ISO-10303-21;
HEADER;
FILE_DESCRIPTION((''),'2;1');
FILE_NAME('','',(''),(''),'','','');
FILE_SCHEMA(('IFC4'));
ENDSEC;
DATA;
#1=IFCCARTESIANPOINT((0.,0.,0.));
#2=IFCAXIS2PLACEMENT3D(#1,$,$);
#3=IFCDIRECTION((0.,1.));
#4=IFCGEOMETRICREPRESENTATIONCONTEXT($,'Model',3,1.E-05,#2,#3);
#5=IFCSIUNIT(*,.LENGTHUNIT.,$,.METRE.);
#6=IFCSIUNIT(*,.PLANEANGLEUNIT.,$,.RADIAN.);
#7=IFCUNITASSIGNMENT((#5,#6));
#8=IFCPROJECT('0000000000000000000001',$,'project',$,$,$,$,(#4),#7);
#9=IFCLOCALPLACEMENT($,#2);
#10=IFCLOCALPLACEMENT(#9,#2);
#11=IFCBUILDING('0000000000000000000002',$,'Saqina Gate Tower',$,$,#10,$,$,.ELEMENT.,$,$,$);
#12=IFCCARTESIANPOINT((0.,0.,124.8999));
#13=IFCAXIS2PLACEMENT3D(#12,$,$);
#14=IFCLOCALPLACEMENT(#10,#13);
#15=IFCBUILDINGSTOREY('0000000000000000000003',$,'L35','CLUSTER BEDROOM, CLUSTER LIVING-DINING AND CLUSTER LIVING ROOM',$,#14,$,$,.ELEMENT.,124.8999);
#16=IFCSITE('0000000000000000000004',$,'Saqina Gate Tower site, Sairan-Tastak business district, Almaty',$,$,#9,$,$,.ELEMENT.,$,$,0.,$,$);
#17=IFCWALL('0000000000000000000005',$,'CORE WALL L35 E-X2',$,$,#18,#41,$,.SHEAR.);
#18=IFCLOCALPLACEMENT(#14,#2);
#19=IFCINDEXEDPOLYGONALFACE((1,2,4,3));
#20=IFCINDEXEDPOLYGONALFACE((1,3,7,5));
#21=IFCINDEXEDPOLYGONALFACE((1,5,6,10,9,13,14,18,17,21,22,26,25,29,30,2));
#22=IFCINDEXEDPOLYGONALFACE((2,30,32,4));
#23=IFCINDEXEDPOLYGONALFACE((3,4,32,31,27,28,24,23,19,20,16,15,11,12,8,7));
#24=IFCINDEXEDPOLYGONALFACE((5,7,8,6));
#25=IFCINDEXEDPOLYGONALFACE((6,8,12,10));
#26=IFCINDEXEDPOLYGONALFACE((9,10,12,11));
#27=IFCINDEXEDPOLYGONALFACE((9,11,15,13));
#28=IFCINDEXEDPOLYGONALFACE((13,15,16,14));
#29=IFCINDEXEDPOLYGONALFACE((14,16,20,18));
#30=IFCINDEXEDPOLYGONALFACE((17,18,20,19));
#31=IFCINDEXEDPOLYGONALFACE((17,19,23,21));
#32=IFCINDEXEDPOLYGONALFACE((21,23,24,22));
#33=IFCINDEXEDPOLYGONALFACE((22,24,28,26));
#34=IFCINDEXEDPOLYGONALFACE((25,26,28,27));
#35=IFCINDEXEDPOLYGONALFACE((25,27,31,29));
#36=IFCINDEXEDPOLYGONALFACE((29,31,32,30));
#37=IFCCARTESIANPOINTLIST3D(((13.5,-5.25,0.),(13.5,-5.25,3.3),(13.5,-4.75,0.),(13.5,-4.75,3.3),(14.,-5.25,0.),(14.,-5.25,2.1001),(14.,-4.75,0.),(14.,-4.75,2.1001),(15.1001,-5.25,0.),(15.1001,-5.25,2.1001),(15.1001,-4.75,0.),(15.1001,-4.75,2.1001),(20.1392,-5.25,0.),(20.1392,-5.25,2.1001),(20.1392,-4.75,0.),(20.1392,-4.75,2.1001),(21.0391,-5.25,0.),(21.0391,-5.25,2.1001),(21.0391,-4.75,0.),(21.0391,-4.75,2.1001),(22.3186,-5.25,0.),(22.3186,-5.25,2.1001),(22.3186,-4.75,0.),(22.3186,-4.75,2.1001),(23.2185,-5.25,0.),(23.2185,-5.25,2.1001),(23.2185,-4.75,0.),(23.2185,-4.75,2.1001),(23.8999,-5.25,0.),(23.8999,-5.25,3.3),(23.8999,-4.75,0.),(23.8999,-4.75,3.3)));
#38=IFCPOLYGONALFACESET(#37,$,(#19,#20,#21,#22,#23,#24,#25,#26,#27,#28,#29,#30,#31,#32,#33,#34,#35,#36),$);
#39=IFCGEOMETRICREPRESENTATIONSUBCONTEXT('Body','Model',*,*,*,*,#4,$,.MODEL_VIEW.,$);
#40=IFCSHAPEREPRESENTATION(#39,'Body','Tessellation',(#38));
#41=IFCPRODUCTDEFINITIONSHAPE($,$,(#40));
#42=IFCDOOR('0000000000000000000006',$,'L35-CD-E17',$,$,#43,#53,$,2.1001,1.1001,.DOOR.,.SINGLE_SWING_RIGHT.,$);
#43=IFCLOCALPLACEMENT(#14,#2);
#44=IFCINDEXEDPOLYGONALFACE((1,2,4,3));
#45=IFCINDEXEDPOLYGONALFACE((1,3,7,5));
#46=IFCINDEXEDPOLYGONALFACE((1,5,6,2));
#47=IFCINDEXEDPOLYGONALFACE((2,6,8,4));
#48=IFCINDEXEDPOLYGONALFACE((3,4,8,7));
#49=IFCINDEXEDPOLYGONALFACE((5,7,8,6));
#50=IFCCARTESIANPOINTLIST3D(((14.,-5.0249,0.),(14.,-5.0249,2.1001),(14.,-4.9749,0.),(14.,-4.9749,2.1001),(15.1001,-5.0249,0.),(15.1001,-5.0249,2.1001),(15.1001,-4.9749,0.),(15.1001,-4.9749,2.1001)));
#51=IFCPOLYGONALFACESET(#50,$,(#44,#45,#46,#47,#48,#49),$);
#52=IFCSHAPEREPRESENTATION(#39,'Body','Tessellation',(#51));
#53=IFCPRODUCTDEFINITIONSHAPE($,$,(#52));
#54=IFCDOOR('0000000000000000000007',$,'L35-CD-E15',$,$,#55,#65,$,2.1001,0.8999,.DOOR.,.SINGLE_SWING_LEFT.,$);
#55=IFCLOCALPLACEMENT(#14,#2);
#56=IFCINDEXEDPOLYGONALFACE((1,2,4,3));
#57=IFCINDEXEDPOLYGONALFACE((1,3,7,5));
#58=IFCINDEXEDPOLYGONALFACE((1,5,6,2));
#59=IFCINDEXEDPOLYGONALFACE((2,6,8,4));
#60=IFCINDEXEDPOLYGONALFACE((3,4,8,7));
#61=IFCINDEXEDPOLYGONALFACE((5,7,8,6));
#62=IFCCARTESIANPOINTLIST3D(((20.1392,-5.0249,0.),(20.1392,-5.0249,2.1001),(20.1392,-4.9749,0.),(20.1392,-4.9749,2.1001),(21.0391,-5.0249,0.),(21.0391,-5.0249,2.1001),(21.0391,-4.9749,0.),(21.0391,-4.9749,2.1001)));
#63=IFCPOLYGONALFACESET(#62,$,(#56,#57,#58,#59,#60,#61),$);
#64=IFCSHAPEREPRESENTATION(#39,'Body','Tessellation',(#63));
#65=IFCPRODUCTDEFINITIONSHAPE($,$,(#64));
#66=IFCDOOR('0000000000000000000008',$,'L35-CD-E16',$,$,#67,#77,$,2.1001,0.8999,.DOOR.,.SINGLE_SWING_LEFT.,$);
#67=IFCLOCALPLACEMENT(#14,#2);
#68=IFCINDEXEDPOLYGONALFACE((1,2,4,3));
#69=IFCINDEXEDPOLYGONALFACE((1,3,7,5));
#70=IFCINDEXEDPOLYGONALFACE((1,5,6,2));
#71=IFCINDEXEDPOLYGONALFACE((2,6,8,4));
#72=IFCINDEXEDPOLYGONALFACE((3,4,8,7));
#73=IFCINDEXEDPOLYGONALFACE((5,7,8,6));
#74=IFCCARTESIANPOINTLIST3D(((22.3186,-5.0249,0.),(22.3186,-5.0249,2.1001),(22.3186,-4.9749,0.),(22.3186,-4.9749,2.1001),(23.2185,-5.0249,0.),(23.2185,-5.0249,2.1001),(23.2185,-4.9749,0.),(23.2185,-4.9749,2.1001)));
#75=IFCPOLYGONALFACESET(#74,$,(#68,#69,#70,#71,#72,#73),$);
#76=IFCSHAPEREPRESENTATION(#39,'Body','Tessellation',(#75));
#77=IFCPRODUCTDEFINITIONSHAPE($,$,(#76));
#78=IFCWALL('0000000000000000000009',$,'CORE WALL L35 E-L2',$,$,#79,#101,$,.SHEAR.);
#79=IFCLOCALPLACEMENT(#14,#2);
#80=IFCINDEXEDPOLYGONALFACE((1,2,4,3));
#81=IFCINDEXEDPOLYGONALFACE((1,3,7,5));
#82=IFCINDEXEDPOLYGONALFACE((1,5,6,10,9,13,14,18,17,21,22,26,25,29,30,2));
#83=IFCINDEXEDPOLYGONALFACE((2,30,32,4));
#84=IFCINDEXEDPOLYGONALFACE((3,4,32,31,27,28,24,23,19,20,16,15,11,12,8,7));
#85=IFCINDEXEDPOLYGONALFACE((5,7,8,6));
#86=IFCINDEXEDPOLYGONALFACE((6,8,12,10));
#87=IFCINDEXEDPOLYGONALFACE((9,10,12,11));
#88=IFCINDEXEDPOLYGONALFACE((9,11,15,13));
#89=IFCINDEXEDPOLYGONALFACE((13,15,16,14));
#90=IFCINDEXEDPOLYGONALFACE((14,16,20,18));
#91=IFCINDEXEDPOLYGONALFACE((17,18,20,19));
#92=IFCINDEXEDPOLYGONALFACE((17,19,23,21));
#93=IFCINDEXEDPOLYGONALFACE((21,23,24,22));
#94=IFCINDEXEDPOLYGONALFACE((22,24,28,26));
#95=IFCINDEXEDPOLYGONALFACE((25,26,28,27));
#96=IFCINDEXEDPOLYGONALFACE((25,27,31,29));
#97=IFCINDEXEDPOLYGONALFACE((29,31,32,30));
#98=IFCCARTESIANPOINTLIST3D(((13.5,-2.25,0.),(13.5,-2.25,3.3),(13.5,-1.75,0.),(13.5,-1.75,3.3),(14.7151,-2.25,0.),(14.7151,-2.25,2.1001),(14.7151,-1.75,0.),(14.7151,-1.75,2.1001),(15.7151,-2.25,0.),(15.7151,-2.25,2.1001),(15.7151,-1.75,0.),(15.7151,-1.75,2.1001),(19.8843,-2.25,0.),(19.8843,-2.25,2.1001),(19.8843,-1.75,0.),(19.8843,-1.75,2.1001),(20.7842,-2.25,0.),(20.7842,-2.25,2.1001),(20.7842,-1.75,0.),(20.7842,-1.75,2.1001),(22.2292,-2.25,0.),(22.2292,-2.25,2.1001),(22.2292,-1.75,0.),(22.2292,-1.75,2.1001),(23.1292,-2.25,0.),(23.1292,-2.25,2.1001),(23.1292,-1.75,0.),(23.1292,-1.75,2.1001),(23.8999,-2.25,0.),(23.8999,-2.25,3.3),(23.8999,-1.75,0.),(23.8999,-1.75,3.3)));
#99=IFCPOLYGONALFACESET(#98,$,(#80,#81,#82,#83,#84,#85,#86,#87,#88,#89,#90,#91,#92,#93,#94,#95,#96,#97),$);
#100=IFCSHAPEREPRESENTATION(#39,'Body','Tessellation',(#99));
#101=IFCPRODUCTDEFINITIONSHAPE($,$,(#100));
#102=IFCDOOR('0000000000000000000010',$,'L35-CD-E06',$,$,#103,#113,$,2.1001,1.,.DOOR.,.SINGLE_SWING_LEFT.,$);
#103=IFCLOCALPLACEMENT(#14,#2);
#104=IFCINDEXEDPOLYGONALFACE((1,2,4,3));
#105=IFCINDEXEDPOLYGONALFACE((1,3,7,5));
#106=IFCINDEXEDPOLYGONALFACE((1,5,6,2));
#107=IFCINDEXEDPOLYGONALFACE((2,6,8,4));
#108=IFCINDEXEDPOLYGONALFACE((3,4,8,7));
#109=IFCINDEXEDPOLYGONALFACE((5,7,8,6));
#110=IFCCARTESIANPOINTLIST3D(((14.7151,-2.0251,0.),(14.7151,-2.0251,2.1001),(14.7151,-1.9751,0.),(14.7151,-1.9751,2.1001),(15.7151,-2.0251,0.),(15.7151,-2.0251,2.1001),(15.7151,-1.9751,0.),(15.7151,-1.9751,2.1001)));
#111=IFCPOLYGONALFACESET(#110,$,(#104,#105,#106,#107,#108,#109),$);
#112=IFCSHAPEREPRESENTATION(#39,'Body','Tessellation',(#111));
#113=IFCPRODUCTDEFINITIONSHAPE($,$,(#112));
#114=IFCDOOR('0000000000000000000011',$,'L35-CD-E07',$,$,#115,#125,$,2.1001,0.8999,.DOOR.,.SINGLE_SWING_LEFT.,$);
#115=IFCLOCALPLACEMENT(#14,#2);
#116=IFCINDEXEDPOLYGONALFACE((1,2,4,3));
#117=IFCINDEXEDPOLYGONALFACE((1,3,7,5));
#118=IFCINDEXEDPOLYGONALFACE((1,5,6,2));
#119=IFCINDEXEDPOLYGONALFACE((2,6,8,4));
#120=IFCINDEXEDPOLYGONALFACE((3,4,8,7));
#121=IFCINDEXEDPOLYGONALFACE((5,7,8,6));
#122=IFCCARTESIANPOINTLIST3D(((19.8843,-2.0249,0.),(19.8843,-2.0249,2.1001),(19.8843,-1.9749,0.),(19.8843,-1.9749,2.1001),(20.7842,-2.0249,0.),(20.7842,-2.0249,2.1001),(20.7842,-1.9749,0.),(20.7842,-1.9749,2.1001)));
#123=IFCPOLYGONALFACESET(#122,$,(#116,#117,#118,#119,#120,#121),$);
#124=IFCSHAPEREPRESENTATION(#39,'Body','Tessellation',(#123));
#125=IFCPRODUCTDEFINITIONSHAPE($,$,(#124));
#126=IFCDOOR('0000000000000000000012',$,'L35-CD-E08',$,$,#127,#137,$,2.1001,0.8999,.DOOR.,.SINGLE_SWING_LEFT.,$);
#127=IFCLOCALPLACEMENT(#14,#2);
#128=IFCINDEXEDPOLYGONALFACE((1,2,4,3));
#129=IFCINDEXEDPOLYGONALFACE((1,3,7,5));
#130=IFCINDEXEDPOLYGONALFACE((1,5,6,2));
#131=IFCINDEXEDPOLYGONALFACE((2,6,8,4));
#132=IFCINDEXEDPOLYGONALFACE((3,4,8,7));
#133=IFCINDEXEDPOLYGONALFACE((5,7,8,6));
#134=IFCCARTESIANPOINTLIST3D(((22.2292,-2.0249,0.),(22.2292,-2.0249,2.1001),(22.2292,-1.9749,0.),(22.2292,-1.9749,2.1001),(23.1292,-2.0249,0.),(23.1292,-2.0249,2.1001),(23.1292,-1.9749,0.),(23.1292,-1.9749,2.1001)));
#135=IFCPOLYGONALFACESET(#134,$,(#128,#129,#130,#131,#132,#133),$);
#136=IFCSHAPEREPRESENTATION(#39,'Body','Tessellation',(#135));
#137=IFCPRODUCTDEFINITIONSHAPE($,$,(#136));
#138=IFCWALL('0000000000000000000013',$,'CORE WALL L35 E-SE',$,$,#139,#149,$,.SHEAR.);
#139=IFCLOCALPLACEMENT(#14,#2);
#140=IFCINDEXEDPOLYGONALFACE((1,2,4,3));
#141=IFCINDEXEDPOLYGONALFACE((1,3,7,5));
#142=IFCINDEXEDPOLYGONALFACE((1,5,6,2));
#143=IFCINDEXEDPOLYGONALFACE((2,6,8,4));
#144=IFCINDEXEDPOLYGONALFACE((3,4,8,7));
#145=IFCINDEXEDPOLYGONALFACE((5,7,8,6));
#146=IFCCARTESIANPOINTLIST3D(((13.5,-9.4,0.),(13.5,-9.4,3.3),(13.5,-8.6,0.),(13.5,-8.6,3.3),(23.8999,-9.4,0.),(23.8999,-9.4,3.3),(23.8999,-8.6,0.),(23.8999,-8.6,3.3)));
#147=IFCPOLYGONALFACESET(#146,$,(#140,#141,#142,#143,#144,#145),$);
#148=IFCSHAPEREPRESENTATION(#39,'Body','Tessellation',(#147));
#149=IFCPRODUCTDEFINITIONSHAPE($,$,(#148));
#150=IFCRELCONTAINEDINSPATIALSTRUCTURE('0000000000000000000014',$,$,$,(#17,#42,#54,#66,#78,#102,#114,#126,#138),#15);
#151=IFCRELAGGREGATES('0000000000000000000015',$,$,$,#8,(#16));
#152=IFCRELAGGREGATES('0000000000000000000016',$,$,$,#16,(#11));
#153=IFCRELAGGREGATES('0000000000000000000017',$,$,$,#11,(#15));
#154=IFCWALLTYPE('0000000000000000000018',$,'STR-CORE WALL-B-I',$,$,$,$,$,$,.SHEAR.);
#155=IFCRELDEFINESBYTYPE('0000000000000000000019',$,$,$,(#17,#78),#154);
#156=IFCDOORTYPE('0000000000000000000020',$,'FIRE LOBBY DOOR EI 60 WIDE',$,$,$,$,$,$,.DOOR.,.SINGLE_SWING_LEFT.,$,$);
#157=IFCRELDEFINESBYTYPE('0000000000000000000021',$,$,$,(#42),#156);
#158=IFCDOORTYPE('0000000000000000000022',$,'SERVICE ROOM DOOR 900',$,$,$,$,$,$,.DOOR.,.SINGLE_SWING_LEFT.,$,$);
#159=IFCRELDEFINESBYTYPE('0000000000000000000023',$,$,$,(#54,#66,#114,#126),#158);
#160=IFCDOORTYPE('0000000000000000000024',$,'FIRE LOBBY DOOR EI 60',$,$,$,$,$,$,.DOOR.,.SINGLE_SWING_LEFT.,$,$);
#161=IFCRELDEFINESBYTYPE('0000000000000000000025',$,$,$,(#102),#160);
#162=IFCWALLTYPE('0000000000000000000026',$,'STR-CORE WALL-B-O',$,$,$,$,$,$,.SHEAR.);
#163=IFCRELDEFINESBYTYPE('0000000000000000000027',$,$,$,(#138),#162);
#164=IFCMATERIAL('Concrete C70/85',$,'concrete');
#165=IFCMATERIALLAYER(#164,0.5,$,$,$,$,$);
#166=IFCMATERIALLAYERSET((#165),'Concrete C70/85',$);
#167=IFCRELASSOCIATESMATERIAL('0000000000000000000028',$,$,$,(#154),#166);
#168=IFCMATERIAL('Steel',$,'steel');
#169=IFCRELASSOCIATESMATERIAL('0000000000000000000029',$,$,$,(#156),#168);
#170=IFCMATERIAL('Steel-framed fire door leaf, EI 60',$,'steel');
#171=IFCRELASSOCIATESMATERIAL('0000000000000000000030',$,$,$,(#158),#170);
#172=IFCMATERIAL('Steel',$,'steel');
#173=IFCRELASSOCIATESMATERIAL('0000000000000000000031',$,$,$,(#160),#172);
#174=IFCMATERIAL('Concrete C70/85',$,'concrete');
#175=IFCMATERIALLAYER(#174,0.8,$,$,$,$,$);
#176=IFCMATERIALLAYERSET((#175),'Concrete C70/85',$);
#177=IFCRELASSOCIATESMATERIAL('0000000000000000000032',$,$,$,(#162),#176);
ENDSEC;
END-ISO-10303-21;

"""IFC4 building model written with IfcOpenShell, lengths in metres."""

from ifc_helpers import new_model, si_unit, direction, frame, frame_2d, origin, place, context, subcontext, project, spatial, rectangle, extrude, material, layer, layer_set, type_object, element, fill, save


model = new_model("IFC4")

# Units and contexts
model_context = context("Model", 3, precision=1e-05, world=origin(), true_north=direction((0.0, 1.0)))
body_context = subcontext(model_context, "Body", "Model", "MODEL_VIEW")
ifc_project = project(units=[si_unit("LENGTHUNIT", "METRE"), si_unit("PLANEANGLEUNIT", "RADIAN")], contexts=[model_context])

# Site, building, storey
site_placement = place(None, origin())
site = spatial("IfcSite", under=ifc_project, at=site_placement, Name="Saqina Gate Tower site, Sairan-Tastak business district, Almaty", CompositionType="ELEMENT", RefElevation=0.0)
building_placement = place(site_placement, origin())
building = spatial("IfcBuilding", under=site, at=building_placement, Name="Saqina Gate Tower", CompositionType="ELEMENT")
storey_placement = place(building_placement, frame((0.0, 0.0, 124.8999)))
storey = spatial("IfcBuildingStorey", under=building, at=storey_placement, Name="L35", Description="CLUSTER BEDROOM, CLUSTER LIVING-DINING AND CLUSTER LIVING ROOM", CompositionType="ELEMENT", Elevation=124.8999)

# Walls, openings, doors
ifc_material_1 = material(Name="Concrete C70/85", Category="concrete")
ifc_layer_1 = layer(ifc_material_1, 0.5)
ifc_layer_set_1 = layer_set([ifc_layer_1], Name="Concrete C70/85")
wall_type_1 = type_object("IfcWallType", Name="STR-CORE WALL-B-I", PredefinedType="SHEAR", material=ifc_layer_set_1)
wall_1_placement = place(storey_placement, frame((13.5, -5.0, 0.0), z_axis=(0.0, 0.0, 1.0), x_axis=(1.0, 0.0, 0.0)))
wall_1 = element("IfcWall", 1, at=wall_1_placement, inside=storey, type_object=wall_type_1, Name="CORE WALL L35 E-X2", PredefinedType="SHEAR", context=body_context, shape_type="SweptSolid", body=[
    extrude(rectangle(XDim=10.3999, YDim=0.5, at=frame_2d((5.2, 0.0))), origin(), (0.0, 0.0, 1.0), 3.3),
])
opening_1_placement = place(wall_1_placement, frame((6.6392, 0.0, 0.0)))
opening_1 = element("IfcOpeningElement", 2, at=opening_1_placement, cuts=wall_1, PredefinedType="OPENING", context=body_context, shape_type="SweptSolid", body=[
    extrude(rectangle(XDim=0.8999, YDim=2.1001, at=frame_2d((0.45, 1.05))), frame((0.0, 0.262, 0.0), z_axis=(0.0, -1.0, 0.0), x_axis=(1.0, 0.0, 0.0)), (0.0, 0.0, 1.0), 0.5239),
])
opening_2_placement = place(wall_1_placement, frame((8.8186, 0.0, 0.0)))
opening_2 = element("IfcOpeningElement", 3, at=opening_2_placement, cuts=wall_1, PredefinedType="OPENING", context=body_context, shape_type="SweptSolid", body=[
    extrude(rectangle(XDim=0.8999, YDim=2.1001, at=frame_2d((0.45, 1.05))), frame((0.0, 0.262, 0.0), z_axis=(0.0, -1.0, 0.0), x_axis=(1.0, 0.0, 0.0)), (0.0, 0.0, 1.0), 0.5239),
])
opening_3_placement = place(wall_1_placement, frame((0.5, 0.0, 0.0)))
opening_3 = element("IfcOpeningElement", 4, at=opening_3_placement, cuts=wall_1, PredefinedType="OPENING", context=body_context, shape_type="SweptSolid", body=[
    extrude(rectangle(XDim=1.1001, YDim=2.1001, at=frame_2d((0.55, 1.05))), frame((0.0, 0.262, 0.0), z_axis=(0.0, -1.0, 0.0), x_axis=(1.0, 0.0, 0.0)), (0.0, 0.0, 1.0), 0.5239),
])
ifc_material_2 = material(Name="Steel", Category="steel")
door_type_1 = type_object("IfcDoorType", Name="FIRE LOBBY DOOR EI 60 WIDE", OperationType="SINGLE_SWING_LEFT", PredefinedType="DOOR", material=ifc_material_2)
door_1_placement = place(opening_3_placement, frame((1.1001, 0.0, 0.0), z_axis=(0.0, 0.0, 1.0), x_axis=(-1.0, 0.0, 0.0)))
door_1 = element("IfcDoor", 5, at=door_1_placement, inside=storey, type_object=door_type_1, Name="L35-CD-E17", OperationType="SINGLE_SWING_RIGHT", OverallHeight=2.1001, OverallWidth=1.1001, PredefinedType="DOOR", context=body_context, shape_type="SweptSolid", body=[
    extrude(rectangle(XDim=1.1001, YDim=2.1001, at=frame_2d((0.55, 1.05))), frame((0.0, 0.0249, 0.0), z_axis=(0.0, -1.0, 0.0), x_axis=(1.0, 0.0, 0.0)), (0.0, 0.0, 1.0), 0.05),
])
fill(opening_3, door_1)
ifc_material_3 = material(Name="Steel-framed fire door leaf, EI 60", Category="steel")
door_type_2 = type_object("IfcDoorType", Name="SERVICE ROOM DOOR 900", OperationType="SINGLE_SWING_LEFT", PredefinedType="DOOR", material=ifc_material_3)
door_2_placement = place(opening_1_placement, frame((0.8999, 0.0, 0.0), z_axis=(0.0, 0.0, 1.0), x_axis=(-1.0, 0.0, 0.0)))
door_2 = element("IfcDoor", 6, at=door_2_placement, inside=storey, type_object=door_type_2, Name="L35-CD-E15", OperationType="SINGLE_SWING_LEFT", OverallHeight=2.1001, OverallWidth=0.8999, PredefinedType="DOOR", context=body_context, shape_type="SweptSolid", body=[
    extrude(rectangle(XDim=0.8999, YDim=2.1001, at=frame_2d((0.45, 1.05))), frame((0.0, 0.0249, 0.0), z_axis=(0.0, -1.0, 0.0), x_axis=(1.0, 0.0, 0.0)), (0.0, 0.0, 1.0), 0.05),
])
fill(opening_1, door_2)
door_3_placement = place(opening_2_placement, frame((0.8999, 0.0, 0.0), z_axis=(0.0, 0.0, 1.0), x_axis=(-1.0, 0.0, 0.0)))
door_3 = element("IfcDoor", 7, at=door_3_placement, inside=storey, type_object=door_type_2, Name="L35-CD-E16", OperationType="SINGLE_SWING_LEFT", OverallHeight=2.1001, OverallWidth=0.8999, PredefinedType="DOOR", context=body_context, shape_type="SweptSolid", body=[
    extrude(rectangle(XDim=0.8999, YDim=2.1001, at=frame_2d((0.45, 1.05))), frame((0.0, 0.0249, 0.0), z_axis=(0.0, -1.0, 0.0), x_axis=(1.0, 0.0, 0.0)), (0.0, 0.0, 1.0), 0.05),
])
fill(opening_2, door_3)
wall_2_placement = place(storey_placement, frame((13.5, -2.0, 0.0), z_axis=(0.0, 0.0, 1.0), x_axis=(1.0, 0.0, 0.0)))
wall_2 = element("IfcWall", 8, at=wall_2_placement, inside=storey, type_object=wall_type_1, Name="CORE WALL L35 E-L2", PredefinedType="SHEAR", context=body_context, shape_type="SweptSolid", body=[
    extrude(rectangle(XDim=10.3999, YDim=0.5, at=frame_2d((5.2, 0.0))), origin(), (0.0, 0.0, 1.0), 3.3),
])
opening_4_placement = place(wall_2_placement, frame((1.2151, 0.0, 0.0)))
opening_4 = element("IfcOpeningElement", 9, at=opening_4_placement, cuts=wall_2, PredefinedType="OPENING", context=body_context, shape_type="SweptSolid", body=[
    extrude(rectangle(XDim=1.0, YDim=2.1001, at=frame_2d((0.5, 1.05))), frame((0.0, 0.262, 0.0), z_axis=(0.0, -1.0, 0.0), x_axis=(1.0, 0.0, 0.0)), (0.0, 0.0, 1.0), 0.5239),
])
opening_5_placement = place(wall_2_placement, frame((6.3843, 0.0, 0.0)))
opening_5 = element("IfcOpeningElement", 10, at=opening_5_placement, cuts=wall_2, PredefinedType="OPENING", context=body_context, shape_type="SweptSolid", body=[
    extrude(rectangle(XDim=0.8999, YDim=2.1001, at=frame_2d((0.45, 1.05))), frame((0.0, 0.262, 0.0), z_axis=(0.0, -1.0, 0.0), x_axis=(1.0, 0.0, 0.0)), (0.0, 0.0, 1.0), 0.5239),
])
opening_6_placement = place(wall_2_placement, frame((8.7292, 0.0, 0.0)))
opening_6 = element("IfcOpeningElement", 11, at=opening_6_placement, cuts=wall_2, PredefinedType="OPENING", context=body_context, shape_type="SweptSolid", body=[
    extrude(rectangle(XDim=0.8999, YDim=2.1001, at=frame_2d((0.45, 1.05))), frame((0.0, 0.262, 0.0), z_axis=(0.0, -1.0, 0.0), x_axis=(1.0, 0.0, 0.0)), (0.0, 0.0, 1.0), 0.5239),
])
ifc_material_4 = material(Name="Steel", Category="steel")
door_type_3 = type_object("IfcDoorType", Name="FIRE LOBBY DOOR EI 60", OperationType="SINGLE_SWING_LEFT", PredefinedType="DOOR", material=ifc_material_4)
door_4_placement = place(opening_4_placement, origin())
door_4 = element("IfcDoor", 12, at=door_4_placement, inside=storey, type_object=door_type_3, Name="L35-CD-E06", OperationType="SINGLE_SWING_LEFT", OverallHeight=2.1001, OverallWidth=1.0, PredefinedType="DOOR", context=body_context, shape_type="SweptSolid", body=[
    extrude(rectangle(XDim=1.0, YDim=2.1001, at=frame_2d((0.5, 1.05))), frame((0.0, 0.0249, 0.0), z_axis=(0.0, -1.0, 0.0), x_axis=(1.0, 0.0, 0.0)), (0.0, 0.0, 1.0), 0.05),
])
fill(opening_4, door_4)
door_5_placement = place(opening_5_placement, frame((0.8999, 0.0, 0.0), z_axis=(0.0, 0.0, 1.0), x_axis=(-1.0, 0.0, 0.0)))
door_5 = element("IfcDoor", 13, at=door_5_placement, inside=storey, type_object=door_type_2, Name="L35-CD-E07", OperationType="SINGLE_SWING_LEFT", OverallHeight=2.1001, OverallWidth=0.8999, PredefinedType="DOOR", context=body_context, shape_type="SweptSolid", body=[
    extrude(rectangle(XDim=0.8999, YDim=2.1001, at=frame_2d((0.45, 1.05))), frame((0.0, 0.0249, 0.0), z_axis=(0.0, -1.0, 0.0), x_axis=(1.0, 0.0, 0.0)), (0.0, 0.0, 1.0), 0.05),
])
fill(opening_5, door_5)
door_6_placement = place(opening_6_placement, frame((0.8999, 0.0, 0.0), z_axis=(0.0, 0.0, 1.0), x_axis=(-1.0, 0.0, 0.0)))
door_6 = element("IfcDoor", 14, at=door_6_placement, inside=storey, type_object=door_type_2, Name="L35-CD-E08", OperationType="SINGLE_SWING_LEFT", OverallHeight=2.1001, OverallWidth=0.8999, PredefinedType="DOOR", context=body_context, shape_type="SweptSolid", body=[
    extrude(rectangle(XDim=0.8999, YDim=2.1001, at=frame_2d((0.45, 1.05))), frame((0.0, 0.0249, 0.0), z_axis=(0.0, -1.0, 0.0), x_axis=(1.0, 0.0, 0.0)), (0.0, 0.0, 1.0), 0.05),
])
fill(opening_6, door_6)
ifc_material_5 = material(Name="Concrete C70/85", Category="concrete")
ifc_layer_2 = layer(ifc_material_5, 0.8)
ifc_layer_set_2 = layer_set([ifc_layer_2], Name="Concrete C70/85")
wall_type_2 = type_object("IfcWallType", Name="STR-CORE WALL-B-O", PredefinedType="SHEAR", material=ifc_layer_set_2)

# Wall
wall_3_placement = place(storey_placement, frame((13.5, -9.0, 0.0), z_axis=(0.0, 0.0, 1.0), x_axis=(1.0, 0.0, 0.0)))
element("IfcWall", 15, at=wall_3_placement, inside=storey, type_object=wall_type_2, Name="CORE WALL L35 E-SE", PredefinedType="SHEAR", context=body_context, shape_type="SweptSolid", body=[
    extrude(rectangle(XDim=10.3999, YDim=0.8, at=frame_2d((5.2, 0.0))), origin(), (0.0, 0.0, 1.0), 3.3),
])

save(model, "model.ifc")
